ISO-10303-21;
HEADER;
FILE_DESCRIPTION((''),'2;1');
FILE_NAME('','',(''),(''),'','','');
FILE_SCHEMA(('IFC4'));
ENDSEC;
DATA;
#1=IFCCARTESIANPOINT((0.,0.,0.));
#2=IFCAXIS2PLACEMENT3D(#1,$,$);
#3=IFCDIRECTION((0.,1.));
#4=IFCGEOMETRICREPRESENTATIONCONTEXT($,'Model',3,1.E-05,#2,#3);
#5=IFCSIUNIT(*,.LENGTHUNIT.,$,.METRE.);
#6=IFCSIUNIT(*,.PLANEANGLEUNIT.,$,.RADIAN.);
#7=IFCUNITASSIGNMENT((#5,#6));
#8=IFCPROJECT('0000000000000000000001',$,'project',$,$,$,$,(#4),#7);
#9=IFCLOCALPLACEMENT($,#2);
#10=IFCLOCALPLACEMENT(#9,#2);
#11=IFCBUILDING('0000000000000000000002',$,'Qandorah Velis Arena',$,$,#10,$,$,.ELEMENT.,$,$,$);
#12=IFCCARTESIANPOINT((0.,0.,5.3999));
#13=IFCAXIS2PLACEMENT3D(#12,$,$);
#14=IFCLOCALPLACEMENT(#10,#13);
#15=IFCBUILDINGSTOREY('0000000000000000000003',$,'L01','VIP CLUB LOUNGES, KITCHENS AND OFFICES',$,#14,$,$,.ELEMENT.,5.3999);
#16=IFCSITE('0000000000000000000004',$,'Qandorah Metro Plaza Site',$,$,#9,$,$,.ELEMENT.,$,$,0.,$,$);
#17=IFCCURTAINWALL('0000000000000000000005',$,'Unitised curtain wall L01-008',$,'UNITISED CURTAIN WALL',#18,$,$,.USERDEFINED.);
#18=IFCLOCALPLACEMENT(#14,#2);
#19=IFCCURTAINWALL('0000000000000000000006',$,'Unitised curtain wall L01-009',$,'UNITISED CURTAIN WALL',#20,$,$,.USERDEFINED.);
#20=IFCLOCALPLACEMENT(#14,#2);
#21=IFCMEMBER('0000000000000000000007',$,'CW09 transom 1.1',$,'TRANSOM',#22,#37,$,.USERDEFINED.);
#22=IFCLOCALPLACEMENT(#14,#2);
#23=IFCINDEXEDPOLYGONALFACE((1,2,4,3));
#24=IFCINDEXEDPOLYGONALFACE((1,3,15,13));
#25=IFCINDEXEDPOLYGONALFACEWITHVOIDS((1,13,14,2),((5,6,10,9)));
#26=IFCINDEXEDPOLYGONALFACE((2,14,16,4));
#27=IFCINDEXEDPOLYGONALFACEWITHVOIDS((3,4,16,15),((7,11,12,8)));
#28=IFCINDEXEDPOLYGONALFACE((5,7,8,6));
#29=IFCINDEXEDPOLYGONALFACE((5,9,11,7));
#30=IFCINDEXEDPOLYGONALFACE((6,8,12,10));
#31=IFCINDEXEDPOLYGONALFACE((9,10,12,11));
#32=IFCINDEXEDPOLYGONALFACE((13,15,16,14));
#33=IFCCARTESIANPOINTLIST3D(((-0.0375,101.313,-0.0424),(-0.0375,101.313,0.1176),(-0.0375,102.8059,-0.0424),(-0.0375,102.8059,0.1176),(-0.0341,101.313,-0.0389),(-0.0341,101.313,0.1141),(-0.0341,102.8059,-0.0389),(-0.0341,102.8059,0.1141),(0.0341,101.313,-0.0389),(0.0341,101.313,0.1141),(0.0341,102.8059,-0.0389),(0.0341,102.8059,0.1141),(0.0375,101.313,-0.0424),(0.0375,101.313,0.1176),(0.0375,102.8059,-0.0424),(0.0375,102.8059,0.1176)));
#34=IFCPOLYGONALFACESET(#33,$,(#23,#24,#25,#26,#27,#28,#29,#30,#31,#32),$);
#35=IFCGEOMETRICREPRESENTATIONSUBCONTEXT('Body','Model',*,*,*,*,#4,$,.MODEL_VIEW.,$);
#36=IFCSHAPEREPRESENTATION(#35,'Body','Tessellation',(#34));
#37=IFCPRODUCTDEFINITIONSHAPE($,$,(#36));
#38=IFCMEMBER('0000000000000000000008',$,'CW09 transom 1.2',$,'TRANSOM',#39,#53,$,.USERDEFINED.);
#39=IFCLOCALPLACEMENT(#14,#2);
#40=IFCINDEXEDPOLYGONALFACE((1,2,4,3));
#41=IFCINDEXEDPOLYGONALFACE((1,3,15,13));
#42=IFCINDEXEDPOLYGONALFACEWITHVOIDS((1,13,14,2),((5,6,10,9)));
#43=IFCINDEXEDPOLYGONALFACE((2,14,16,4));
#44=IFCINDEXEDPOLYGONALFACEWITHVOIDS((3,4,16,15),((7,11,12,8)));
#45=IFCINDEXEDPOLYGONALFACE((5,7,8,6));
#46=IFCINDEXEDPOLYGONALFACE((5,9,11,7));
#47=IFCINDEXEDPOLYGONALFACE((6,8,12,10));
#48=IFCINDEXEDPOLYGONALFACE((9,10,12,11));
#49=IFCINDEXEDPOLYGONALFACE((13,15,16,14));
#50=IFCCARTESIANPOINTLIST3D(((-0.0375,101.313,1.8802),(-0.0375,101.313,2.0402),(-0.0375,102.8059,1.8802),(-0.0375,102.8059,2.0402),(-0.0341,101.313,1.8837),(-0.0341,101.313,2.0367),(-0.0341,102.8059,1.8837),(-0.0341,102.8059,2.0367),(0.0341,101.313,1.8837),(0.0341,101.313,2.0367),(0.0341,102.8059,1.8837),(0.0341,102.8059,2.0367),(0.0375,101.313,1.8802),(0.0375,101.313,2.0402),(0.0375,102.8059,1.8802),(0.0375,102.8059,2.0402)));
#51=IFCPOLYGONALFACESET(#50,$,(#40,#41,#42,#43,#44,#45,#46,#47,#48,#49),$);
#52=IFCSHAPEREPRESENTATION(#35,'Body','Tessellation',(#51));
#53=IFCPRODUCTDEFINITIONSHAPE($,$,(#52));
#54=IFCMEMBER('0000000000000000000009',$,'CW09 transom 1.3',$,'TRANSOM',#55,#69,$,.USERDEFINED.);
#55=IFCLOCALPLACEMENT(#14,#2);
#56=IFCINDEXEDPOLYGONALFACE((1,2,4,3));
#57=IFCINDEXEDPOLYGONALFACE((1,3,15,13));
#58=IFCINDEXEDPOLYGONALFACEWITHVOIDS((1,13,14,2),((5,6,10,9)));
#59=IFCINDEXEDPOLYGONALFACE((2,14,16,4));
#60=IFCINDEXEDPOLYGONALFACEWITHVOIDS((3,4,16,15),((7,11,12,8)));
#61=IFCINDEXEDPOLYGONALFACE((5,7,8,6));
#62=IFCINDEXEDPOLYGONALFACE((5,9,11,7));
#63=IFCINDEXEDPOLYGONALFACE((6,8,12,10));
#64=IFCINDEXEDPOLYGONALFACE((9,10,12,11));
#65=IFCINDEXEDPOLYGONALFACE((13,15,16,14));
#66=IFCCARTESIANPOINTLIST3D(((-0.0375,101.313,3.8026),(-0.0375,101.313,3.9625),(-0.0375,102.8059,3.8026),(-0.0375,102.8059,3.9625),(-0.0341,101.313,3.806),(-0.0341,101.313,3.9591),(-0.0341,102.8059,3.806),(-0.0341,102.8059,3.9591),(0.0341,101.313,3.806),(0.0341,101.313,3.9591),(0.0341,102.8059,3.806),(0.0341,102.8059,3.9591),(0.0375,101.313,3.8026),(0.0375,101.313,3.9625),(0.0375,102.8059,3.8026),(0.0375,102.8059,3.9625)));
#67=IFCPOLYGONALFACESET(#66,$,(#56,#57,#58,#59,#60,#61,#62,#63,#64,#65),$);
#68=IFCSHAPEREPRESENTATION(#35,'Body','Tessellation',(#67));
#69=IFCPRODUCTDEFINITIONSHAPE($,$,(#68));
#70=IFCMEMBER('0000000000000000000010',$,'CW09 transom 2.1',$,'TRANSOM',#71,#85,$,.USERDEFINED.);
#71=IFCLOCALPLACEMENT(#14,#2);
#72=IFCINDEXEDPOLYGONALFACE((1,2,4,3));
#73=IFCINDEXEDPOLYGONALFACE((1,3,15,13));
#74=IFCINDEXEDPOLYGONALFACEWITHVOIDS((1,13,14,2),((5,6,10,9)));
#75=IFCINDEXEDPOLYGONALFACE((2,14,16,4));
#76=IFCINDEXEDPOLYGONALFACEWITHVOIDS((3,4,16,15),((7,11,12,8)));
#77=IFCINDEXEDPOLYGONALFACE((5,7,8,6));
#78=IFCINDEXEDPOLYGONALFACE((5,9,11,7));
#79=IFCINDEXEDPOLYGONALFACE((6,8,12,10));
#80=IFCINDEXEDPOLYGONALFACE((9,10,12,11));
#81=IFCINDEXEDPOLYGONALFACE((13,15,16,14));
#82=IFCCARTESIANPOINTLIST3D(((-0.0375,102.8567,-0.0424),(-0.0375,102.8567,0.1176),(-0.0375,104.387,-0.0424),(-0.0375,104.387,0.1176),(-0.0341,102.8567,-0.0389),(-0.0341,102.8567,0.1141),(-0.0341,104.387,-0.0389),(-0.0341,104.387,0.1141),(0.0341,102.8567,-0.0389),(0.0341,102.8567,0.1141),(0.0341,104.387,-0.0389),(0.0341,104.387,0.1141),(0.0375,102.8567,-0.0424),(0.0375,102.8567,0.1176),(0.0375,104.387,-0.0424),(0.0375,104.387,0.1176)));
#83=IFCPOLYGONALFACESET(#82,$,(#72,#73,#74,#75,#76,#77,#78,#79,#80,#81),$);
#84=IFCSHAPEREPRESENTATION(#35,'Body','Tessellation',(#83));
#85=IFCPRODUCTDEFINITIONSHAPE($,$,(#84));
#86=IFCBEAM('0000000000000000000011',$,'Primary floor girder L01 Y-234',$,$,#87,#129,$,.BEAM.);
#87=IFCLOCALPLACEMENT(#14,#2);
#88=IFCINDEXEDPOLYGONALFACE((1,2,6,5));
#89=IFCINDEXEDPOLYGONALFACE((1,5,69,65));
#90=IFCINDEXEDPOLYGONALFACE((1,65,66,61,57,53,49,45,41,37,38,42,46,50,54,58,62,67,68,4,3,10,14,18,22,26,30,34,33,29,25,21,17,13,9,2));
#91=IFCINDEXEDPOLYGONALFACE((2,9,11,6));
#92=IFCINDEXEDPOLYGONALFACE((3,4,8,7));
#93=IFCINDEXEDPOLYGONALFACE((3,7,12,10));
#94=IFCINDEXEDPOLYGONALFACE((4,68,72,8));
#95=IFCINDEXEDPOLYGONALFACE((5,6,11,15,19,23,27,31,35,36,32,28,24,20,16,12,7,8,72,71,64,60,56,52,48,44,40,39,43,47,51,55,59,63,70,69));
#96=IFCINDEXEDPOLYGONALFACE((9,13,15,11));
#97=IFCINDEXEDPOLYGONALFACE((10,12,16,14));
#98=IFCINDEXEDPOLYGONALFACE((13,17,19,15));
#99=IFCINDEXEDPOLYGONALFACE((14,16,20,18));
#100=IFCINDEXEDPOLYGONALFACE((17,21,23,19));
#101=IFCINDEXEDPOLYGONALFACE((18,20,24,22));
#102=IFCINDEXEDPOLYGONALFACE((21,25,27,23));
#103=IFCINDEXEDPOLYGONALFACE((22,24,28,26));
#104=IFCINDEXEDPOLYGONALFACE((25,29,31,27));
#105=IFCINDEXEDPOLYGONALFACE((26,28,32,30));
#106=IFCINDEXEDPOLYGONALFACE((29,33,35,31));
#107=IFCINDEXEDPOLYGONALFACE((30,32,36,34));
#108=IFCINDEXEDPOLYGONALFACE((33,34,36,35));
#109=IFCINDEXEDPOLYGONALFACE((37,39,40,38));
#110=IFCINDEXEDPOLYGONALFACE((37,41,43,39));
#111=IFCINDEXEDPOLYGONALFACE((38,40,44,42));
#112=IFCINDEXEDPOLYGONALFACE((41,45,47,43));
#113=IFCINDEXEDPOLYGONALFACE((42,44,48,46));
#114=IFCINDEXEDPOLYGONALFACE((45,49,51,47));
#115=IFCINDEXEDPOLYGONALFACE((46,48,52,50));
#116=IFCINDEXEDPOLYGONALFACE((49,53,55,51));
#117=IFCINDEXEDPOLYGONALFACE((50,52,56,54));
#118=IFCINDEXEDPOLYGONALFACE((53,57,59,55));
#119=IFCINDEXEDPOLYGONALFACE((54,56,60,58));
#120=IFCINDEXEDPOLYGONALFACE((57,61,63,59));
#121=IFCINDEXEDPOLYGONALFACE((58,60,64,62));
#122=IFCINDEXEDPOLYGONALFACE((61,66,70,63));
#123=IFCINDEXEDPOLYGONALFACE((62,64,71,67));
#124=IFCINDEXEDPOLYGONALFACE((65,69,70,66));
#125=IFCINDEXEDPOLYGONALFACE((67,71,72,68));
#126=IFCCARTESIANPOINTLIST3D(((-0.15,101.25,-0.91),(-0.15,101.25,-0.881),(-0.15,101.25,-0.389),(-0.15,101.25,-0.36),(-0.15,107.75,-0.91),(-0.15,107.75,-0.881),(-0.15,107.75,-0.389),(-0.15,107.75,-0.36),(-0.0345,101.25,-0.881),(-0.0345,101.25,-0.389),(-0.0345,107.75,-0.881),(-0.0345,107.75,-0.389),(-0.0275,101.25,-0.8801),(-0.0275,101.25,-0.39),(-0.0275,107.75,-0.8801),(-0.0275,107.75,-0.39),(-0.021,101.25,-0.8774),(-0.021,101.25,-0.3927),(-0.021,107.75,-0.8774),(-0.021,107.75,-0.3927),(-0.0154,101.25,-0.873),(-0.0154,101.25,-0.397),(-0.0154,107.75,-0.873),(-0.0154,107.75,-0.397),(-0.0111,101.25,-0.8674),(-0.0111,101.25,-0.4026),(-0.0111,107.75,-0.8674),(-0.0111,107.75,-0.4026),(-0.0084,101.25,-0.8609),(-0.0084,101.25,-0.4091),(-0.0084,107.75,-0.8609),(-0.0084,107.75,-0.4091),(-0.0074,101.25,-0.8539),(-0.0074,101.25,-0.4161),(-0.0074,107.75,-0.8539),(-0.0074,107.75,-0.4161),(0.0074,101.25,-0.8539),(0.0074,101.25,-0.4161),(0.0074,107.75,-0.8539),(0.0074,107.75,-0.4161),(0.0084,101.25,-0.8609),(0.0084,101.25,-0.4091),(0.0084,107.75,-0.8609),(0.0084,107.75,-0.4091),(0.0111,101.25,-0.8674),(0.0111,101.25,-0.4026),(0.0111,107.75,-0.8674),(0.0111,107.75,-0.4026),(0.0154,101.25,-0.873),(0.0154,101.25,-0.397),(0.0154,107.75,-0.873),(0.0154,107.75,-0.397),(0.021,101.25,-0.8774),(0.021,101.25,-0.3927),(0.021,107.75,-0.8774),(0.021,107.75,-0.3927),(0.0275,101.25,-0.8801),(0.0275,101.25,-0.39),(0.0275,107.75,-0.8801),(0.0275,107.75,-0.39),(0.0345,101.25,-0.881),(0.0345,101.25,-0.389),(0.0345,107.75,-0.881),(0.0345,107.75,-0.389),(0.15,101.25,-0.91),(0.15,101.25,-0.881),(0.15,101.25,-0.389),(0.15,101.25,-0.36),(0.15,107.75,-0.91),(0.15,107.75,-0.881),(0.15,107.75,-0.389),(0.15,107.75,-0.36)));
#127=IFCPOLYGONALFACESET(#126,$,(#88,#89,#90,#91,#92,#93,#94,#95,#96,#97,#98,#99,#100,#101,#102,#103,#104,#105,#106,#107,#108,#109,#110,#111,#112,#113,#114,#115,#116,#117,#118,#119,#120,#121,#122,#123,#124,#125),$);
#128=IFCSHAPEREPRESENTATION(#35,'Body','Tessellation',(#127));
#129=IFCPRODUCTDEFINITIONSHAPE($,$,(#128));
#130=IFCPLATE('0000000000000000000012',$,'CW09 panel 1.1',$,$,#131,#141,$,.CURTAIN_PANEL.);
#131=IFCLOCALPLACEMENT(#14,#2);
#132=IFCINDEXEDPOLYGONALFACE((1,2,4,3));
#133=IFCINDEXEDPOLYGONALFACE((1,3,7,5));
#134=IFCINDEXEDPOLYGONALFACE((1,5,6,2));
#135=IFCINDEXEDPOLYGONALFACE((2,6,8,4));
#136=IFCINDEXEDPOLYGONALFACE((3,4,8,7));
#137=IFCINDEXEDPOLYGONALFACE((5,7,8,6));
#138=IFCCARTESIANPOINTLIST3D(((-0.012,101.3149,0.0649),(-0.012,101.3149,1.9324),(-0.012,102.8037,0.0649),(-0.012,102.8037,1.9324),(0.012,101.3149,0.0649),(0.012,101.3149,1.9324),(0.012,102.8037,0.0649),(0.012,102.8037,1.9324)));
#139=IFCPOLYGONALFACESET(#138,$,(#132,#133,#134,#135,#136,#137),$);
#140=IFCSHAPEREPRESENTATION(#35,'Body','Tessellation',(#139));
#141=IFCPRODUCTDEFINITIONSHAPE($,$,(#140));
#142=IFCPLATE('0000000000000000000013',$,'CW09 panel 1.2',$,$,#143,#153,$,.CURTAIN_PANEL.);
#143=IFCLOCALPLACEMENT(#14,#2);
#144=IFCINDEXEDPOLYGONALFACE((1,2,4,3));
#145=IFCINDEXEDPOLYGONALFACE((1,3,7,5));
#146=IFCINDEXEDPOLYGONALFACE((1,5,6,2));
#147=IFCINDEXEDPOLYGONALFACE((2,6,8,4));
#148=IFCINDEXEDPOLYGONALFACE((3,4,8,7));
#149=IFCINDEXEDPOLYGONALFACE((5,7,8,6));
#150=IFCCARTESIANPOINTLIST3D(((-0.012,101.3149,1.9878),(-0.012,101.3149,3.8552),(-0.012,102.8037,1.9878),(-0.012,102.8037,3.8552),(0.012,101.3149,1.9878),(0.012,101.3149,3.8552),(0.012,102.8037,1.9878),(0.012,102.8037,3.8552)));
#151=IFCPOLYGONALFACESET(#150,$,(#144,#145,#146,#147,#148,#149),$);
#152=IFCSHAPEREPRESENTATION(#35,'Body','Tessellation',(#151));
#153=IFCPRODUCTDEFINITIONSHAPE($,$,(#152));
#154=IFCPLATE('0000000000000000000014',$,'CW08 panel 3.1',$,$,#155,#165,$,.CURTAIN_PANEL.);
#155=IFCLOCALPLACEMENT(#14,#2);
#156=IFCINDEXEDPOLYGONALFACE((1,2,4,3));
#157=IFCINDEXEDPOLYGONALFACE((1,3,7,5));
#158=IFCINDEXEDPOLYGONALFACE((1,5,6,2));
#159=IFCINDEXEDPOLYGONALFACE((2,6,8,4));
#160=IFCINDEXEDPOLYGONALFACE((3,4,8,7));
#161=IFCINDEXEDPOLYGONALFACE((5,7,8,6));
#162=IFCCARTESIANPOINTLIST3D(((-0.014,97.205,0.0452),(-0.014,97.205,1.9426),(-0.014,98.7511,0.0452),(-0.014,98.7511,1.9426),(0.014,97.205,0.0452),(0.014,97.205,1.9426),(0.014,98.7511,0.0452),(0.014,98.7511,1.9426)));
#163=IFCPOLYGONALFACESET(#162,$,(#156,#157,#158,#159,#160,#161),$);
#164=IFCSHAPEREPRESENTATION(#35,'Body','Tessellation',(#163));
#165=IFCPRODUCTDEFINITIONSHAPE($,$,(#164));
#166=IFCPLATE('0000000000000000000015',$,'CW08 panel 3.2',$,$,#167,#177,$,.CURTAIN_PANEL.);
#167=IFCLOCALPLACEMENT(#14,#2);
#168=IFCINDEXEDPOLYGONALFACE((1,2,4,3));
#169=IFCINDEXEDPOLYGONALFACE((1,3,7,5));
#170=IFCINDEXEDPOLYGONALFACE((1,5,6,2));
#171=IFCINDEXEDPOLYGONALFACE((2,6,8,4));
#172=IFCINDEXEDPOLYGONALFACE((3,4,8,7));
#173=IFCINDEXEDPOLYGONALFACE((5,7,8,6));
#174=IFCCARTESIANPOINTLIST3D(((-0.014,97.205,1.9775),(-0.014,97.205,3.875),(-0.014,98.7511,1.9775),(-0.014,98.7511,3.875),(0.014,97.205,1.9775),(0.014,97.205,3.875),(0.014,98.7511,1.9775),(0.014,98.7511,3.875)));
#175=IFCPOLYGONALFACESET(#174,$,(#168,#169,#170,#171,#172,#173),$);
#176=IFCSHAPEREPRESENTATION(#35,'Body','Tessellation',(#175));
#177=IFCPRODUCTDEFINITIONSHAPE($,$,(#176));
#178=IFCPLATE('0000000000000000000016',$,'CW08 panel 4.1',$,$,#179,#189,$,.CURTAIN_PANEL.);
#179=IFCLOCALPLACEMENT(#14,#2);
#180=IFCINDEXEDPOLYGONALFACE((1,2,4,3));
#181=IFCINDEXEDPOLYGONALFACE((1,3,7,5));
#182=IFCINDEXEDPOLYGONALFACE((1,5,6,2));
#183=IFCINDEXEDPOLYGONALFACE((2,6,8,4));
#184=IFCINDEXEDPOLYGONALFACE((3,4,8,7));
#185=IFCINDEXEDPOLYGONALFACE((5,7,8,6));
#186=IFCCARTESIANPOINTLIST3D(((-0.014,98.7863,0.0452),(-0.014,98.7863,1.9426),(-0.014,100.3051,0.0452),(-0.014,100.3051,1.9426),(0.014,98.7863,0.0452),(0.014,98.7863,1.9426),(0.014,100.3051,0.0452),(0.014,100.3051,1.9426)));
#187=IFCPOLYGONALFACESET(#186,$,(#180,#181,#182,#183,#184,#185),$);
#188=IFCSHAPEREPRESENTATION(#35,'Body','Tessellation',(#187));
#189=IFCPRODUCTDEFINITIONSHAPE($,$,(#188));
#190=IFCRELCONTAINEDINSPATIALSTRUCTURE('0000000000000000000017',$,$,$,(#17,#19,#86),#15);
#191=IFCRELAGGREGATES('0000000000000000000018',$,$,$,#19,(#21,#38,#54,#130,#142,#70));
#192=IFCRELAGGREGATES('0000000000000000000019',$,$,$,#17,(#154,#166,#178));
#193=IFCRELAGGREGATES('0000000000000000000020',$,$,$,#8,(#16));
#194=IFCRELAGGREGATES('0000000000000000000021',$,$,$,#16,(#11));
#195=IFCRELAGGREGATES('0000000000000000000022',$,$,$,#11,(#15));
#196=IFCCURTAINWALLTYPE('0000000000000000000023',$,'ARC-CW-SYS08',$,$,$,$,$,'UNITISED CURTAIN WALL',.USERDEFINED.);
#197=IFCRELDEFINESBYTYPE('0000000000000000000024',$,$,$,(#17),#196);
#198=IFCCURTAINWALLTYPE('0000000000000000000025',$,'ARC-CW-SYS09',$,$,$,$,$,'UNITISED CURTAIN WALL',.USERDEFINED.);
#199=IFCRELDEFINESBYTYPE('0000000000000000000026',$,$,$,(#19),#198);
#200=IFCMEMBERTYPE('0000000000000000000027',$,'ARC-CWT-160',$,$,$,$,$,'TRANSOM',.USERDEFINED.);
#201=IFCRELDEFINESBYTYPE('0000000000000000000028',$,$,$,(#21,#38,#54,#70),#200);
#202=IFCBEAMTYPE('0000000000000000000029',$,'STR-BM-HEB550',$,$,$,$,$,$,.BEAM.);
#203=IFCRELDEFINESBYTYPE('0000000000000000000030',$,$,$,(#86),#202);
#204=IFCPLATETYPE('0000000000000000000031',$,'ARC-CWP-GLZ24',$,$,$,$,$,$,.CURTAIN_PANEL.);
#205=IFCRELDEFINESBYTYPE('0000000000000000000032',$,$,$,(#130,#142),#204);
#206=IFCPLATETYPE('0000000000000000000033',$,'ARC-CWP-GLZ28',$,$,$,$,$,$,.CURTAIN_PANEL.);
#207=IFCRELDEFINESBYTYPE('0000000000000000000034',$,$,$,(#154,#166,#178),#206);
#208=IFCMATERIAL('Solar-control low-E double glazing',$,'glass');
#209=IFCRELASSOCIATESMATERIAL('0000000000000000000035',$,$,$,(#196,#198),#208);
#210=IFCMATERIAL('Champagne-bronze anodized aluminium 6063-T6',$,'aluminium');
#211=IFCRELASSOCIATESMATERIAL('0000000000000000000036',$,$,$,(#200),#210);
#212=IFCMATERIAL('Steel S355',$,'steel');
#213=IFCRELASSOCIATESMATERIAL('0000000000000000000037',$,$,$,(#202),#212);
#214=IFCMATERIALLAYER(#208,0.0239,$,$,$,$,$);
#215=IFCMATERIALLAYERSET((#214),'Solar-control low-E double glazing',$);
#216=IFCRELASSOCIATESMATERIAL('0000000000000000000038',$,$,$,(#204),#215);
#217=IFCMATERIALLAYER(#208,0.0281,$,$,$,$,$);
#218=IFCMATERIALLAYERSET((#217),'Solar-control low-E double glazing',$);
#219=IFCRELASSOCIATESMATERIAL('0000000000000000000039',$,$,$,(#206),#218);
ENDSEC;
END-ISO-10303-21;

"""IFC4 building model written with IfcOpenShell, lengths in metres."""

from ifc_helpers import new_model, si_unit, direction, frame, origin, origin_2d, place, context, subcontext, project, spatial, rectangle, hollow_rectangle, i_section, extrude, material, layer, layer_set, material_profile, profile_set, type_object, element, aggregate, save


model = new_model("IFC4")

# Units and contexts
model_context = context("Model", 3, precision=1e-05, world=origin(), true_north=direction((0.0, 1.0)))
body_context = subcontext(model_context, "Body", "Model", "MODEL_VIEW")
ifc_project = project(units=[si_unit("LENGTHUNIT", "METRE"), si_unit("PLANEANGLEUNIT", "RADIAN")], contexts=[model_context])

# Site, building, storey
site_placement = place(None, origin())
site = spatial("IfcSite", under=ifc_project, at=site_placement, Name="Qandorah Metro Plaza Site", CompositionType="ELEMENT", RefElevation=0.0)
building_placement = place(site_placement, origin())
building = spatial("IfcBuilding", under=site, at=building_placement, Name="Qandorah Velis Arena", CompositionType="ELEMENT")
storey_placement = place(building_placement, frame((0.0, 0.0, 5.3999)))
storey = spatial("IfcBuildingStorey", under=building, at=storey_placement, Name="L01", Description="VIP CLUB LOUNGES, KITCHENS AND OFFICES", CompositionType="ELEMENT", Elevation=5.3999)

# Curtain walls
ifc_material_1 = material(Name="Solar-control low-E double glazing", Category="glass")
curtain_wall_type_1 = type_object("IfcCurtainWallType", Name="ARC-CW-SYS08", ElementType="UNITISED CURTAIN WALL", PredefinedType="USERDEFINED", material=ifc_material_1)
curtain_wall_1_placement = place(storey_placement, origin())
curtain_wall_1 = element("IfcCurtainWall", 1, at=curtain_wall_1_placement, inside=storey, type_object=curtain_wall_type_1, Name="Unitised curtain wall L01-008", ObjectType="UNITISED CURTAIN WALL", PredefinedType="USERDEFINED")
ifc_material_2 = material(Name="Champagne-bronze anodized aluminium 6063-T6", Category="aluminium")
curtain_wall_type_2 = type_object("IfcCurtainWallType", Name="ARC-CW-SYS09", ElementType="UNITISED CURTAIN WALL", PredefinedType="USERDEFINED", material=ifc_material_1)
curtain_wall_2_placement = place(storey_placement, origin())
curtain_wall_2 = element("IfcCurtainWall", 2, at=curtain_wall_2_placement, inside=storey, type_object=curtain_wall_type_2, Name="Unitised curtain wall L01-009", ObjectType="UNITISED CURTAIN WALL", PredefinedType="USERDEFINED")

# Members
ifc_material_profile_1 = material_profile(ifc_material_2, hollow_rectangle(XDim=0.075, YDim=0.1599, WallThickness=0.0034, at=origin_2d()), Name="ALU TRANSOM 75x160")
ifc_profile_set_1 = profile_set([ifc_material_profile_1], Name="Champagne-bronze anodized aluminium 6063-T6")
member_type_1 = type_object("IfcMemberType", Name="ARC-CWT-160", ElementType="TRANSOM", PredefinedType="USERDEFINED", material=ifc_profile_set_1)
member_1_placement = place(storey_placement, frame((0.0, 101.313, 0.0376), z_axis=(0.0, 1.0, 0.0), x_axis=(-1.0, 0.0, 0.0)))
member_1 = element("IfcMember", 3, at=member_1_placement, type_object=member_type_1, Name="CW09 transom 1.1", ObjectType="TRANSOM", PredefinedType="USERDEFINED", context=body_context, shape_type="SweptSolid", body=[
    extrude(hollow_rectangle(XDim=0.075, YDim=0.1599, WallThickness=0.0034, at=origin_2d()), origin(), (0.0, 0.0, 1.0), 1.4929),
])
member_2_placement = place(storey_placement, frame((0.0, 101.313, 1.9602), z_axis=(0.0, 1.0, 0.0), x_axis=(-1.0, 0.0, 0.0)))
member_2 = element("IfcMember", 4, at=member_2_placement, type_object=member_type_1, Name="CW09 transom 1.2", ObjectType="TRANSOM", PredefinedType="USERDEFINED", context=body_context, shape_type="SweptSolid", body=[
    extrude(hollow_rectangle(XDim=0.075, YDim=0.1599, WallThickness=0.0034, at=origin_2d()), origin(), (0.0, 0.0, 1.0), 1.4929),
])
member_3_placement = place(storey_placement, frame((0.0, 101.313, 3.8826), z_axis=(0.0, 1.0, 0.0), x_axis=(-1.0, 0.0, 0.0)))
member_3 = element("IfcMember", 5, at=member_3_placement, type_object=member_type_1, Name="CW09 transom 1.3", ObjectType="TRANSOM", PredefinedType="USERDEFINED", context=body_context, shape_type="SweptSolid", body=[
    extrude(hollow_rectangle(XDim=0.075, YDim=0.1599, WallThickness=0.0034, at=origin_2d()), origin(), (0.0, 0.0, 1.0), 1.4929),
])
member_4_placement = place(storey_placement, frame((0.0, 102.8567, 0.0376), z_axis=(0.0, 1.0, 0.0), x_axis=(-1.0, 0.0, 0.0)))
member_4 = element("IfcMember", 6, at=member_4_placement, type_object=member_type_1, Name="CW09 transom 2.1", ObjectType="TRANSOM", PredefinedType="USERDEFINED", context=body_context, shape_type="SweptSolid", body=[
    extrude(hollow_rectangle(XDim=0.075, YDim=0.1599, WallThickness=0.0034, at=origin_2d()), origin(), (0.0, 0.0, 1.0), 1.5303),
])

# Beam
ifc_material_3 = material(Name="Steel S355", Category="steel")
ifc_material_profile_2 = material_profile(ifc_material_3, i_section(OverallWidth=0.3, OverallDepth=0.55, WebThickness=0.0149, FlangeThickness=0.0291, FilletRadius=0.0271, at=origin_2d()), Name="HEB 550")
ifc_profile_set_2 = profile_set([ifc_material_profile_2], Name="Steel S355")
beam_type = type_object("IfcBeamType", Name="STR-BM-HEB550", PredefinedType="BEAM", material=ifc_profile_set_2)
beam_placement = place(storey_placement, frame((0.0, 101.25, -0.635), z_axis=(0.0, 1.0, 0.0), x_axis=(-1.0, 0.0, 0.0)))
element("IfcBeam", 7, at=beam_placement, inside=storey, type_object=beam_type, Name="Primary floor girder L01 Y-234", PredefinedType="BEAM", context=body_context, shape_type="SweptSolid", body=[
    extrude(i_section(OverallWidth=0.3, OverallDepth=0.55, WebThickness=0.0149, FlangeThickness=0.0291, FilletRadius=0.0271, at=origin_2d()), origin(), (0.0, 0.0, 1.0), 6.5),
])

# Plates
ifc_layer_1 = layer(ifc_material_1, 0.0239)
ifc_layer_set_1 = layer_set([ifc_layer_1], Name="Solar-control low-E double glazing")
plate_type_1 = type_object("IfcPlateType", Name="ARC-CWP-GLZ24", PredefinedType="CURTAIN_PANEL", material=ifc_layer_set_1)
plate_1_placement = place(storey_placement, frame((0.0, 102.0593, 0.0649), z_axis=(0.0, 0.0, 1.0), x_axis=(0.0, 1.0, 0.0)))
plate_1 = element("IfcPlate", 8, at=plate_1_placement, type_object=plate_type_1, Name="CW09 panel 1.1", PredefinedType="CURTAIN_PANEL", context=body_context, shape_type="SweptSolid", body=[
    extrude(rectangle(XDim=1.4888, YDim=0.0239, at=origin_2d()), origin(), (0.0, 0.0, 1.0), 1.8674),
])
plate_2_placement = place(storey_placement, frame((0.0, 102.0593, 1.9878), z_axis=(0.0, 0.0, 1.0), x_axis=(0.0, 1.0, 0.0)))
plate_2 = element("IfcPlate", 9, at=plate_2_placement, type_object=plate_type_1, Name="CW09 panel 1.2", PredefinedType="CURTAIN_PANEL", context=body_context, shape_type="SweptSolid", body=[
    extrude(rectangle(XDim=1.4888, YDim=0.0239, at=origin_2d()), origin(), (0.0, 0.0, 1.0), 1.8674),
])
aggregate(curtain_wall_2, [member_1, member_2, member_3, plate_1, plate_2, member_4])
ifc_layer_2 = layer(ifc_material_1, 0.0281)
ifc_layer_set_2 = layer_set([ifc_layer_2], Name="Solar-control low-E double glazing")
plate_type_2 = type_object("IfcPlateType", Name="ARC-CWP-GLZ28", PredefinedType="CURTAIN_PANEL", material=ifc_layer_set_2)
plate_3_placement = place(storey_placement, frame((0.0, 97.978, 0.0452), z_axis=(0.0, 0.0, 1.0), x_axis=(0.0, 1.0, 0.0)))
plate_3 = element("IfcPlate", 10, at=plate_3_placement, type_object=plate_type_2, Name="CW08 panel 3.1", PredefinedType="CURTAIN_PANEL", context=body_context, shape_type="SweptSolid", body=[
    extrude(rectangle(XDim=1.5461, YDim=0.0281, at=origin_2d()), origin(), (0.0, 0.0, 1.0), 1.8975),
])
plate_4_placement = place(storey_placement, frame((0.0, 97.978, 1.9775), z_axis=(0.0, 0.0, 1.0), x_axis=(0.0, 1.0, 0.0)))
plate_4 = element("IfcPlate", 11, at=plate_4_placement, type_object=plate_type_2, Name="CW08 panel 3.2", PredefinedType="CURTAIN_PANEL", context=body_context, shape_type="SweptSolid", body=[
    extrude(rectangle(XDim=1.5461, YDim=0.0281, at=origin_2d()), origin(), (0.0, 0.0, 1.0), 1.8975),
])
plate_5_placement = place(storey_placement, frame((0.0, 99.5457, 0.0452), z_axis=(0.0, 0.0, 1.0), x_axis=(0.0, 1.0, 0.0)))
plate_5 = element("IfcPlate", 12, at=plate_5_placement, type_object=plate_type_2, Name="CW08 panel 4.1", PredefinedType="CURTAIN_PANEL", context=body_context, shape_type="SweptSolid", body=[
    extrude(rectangle(XDim=1.5188, YDim=0.0281, at=origin_2d()), origin(), (0.0, 0.0, 1.0), 1.8975),
])
aggregate(curtain_wall_1, [plate_3, plate_4, plate_5])

save(model, "model.ifc")
